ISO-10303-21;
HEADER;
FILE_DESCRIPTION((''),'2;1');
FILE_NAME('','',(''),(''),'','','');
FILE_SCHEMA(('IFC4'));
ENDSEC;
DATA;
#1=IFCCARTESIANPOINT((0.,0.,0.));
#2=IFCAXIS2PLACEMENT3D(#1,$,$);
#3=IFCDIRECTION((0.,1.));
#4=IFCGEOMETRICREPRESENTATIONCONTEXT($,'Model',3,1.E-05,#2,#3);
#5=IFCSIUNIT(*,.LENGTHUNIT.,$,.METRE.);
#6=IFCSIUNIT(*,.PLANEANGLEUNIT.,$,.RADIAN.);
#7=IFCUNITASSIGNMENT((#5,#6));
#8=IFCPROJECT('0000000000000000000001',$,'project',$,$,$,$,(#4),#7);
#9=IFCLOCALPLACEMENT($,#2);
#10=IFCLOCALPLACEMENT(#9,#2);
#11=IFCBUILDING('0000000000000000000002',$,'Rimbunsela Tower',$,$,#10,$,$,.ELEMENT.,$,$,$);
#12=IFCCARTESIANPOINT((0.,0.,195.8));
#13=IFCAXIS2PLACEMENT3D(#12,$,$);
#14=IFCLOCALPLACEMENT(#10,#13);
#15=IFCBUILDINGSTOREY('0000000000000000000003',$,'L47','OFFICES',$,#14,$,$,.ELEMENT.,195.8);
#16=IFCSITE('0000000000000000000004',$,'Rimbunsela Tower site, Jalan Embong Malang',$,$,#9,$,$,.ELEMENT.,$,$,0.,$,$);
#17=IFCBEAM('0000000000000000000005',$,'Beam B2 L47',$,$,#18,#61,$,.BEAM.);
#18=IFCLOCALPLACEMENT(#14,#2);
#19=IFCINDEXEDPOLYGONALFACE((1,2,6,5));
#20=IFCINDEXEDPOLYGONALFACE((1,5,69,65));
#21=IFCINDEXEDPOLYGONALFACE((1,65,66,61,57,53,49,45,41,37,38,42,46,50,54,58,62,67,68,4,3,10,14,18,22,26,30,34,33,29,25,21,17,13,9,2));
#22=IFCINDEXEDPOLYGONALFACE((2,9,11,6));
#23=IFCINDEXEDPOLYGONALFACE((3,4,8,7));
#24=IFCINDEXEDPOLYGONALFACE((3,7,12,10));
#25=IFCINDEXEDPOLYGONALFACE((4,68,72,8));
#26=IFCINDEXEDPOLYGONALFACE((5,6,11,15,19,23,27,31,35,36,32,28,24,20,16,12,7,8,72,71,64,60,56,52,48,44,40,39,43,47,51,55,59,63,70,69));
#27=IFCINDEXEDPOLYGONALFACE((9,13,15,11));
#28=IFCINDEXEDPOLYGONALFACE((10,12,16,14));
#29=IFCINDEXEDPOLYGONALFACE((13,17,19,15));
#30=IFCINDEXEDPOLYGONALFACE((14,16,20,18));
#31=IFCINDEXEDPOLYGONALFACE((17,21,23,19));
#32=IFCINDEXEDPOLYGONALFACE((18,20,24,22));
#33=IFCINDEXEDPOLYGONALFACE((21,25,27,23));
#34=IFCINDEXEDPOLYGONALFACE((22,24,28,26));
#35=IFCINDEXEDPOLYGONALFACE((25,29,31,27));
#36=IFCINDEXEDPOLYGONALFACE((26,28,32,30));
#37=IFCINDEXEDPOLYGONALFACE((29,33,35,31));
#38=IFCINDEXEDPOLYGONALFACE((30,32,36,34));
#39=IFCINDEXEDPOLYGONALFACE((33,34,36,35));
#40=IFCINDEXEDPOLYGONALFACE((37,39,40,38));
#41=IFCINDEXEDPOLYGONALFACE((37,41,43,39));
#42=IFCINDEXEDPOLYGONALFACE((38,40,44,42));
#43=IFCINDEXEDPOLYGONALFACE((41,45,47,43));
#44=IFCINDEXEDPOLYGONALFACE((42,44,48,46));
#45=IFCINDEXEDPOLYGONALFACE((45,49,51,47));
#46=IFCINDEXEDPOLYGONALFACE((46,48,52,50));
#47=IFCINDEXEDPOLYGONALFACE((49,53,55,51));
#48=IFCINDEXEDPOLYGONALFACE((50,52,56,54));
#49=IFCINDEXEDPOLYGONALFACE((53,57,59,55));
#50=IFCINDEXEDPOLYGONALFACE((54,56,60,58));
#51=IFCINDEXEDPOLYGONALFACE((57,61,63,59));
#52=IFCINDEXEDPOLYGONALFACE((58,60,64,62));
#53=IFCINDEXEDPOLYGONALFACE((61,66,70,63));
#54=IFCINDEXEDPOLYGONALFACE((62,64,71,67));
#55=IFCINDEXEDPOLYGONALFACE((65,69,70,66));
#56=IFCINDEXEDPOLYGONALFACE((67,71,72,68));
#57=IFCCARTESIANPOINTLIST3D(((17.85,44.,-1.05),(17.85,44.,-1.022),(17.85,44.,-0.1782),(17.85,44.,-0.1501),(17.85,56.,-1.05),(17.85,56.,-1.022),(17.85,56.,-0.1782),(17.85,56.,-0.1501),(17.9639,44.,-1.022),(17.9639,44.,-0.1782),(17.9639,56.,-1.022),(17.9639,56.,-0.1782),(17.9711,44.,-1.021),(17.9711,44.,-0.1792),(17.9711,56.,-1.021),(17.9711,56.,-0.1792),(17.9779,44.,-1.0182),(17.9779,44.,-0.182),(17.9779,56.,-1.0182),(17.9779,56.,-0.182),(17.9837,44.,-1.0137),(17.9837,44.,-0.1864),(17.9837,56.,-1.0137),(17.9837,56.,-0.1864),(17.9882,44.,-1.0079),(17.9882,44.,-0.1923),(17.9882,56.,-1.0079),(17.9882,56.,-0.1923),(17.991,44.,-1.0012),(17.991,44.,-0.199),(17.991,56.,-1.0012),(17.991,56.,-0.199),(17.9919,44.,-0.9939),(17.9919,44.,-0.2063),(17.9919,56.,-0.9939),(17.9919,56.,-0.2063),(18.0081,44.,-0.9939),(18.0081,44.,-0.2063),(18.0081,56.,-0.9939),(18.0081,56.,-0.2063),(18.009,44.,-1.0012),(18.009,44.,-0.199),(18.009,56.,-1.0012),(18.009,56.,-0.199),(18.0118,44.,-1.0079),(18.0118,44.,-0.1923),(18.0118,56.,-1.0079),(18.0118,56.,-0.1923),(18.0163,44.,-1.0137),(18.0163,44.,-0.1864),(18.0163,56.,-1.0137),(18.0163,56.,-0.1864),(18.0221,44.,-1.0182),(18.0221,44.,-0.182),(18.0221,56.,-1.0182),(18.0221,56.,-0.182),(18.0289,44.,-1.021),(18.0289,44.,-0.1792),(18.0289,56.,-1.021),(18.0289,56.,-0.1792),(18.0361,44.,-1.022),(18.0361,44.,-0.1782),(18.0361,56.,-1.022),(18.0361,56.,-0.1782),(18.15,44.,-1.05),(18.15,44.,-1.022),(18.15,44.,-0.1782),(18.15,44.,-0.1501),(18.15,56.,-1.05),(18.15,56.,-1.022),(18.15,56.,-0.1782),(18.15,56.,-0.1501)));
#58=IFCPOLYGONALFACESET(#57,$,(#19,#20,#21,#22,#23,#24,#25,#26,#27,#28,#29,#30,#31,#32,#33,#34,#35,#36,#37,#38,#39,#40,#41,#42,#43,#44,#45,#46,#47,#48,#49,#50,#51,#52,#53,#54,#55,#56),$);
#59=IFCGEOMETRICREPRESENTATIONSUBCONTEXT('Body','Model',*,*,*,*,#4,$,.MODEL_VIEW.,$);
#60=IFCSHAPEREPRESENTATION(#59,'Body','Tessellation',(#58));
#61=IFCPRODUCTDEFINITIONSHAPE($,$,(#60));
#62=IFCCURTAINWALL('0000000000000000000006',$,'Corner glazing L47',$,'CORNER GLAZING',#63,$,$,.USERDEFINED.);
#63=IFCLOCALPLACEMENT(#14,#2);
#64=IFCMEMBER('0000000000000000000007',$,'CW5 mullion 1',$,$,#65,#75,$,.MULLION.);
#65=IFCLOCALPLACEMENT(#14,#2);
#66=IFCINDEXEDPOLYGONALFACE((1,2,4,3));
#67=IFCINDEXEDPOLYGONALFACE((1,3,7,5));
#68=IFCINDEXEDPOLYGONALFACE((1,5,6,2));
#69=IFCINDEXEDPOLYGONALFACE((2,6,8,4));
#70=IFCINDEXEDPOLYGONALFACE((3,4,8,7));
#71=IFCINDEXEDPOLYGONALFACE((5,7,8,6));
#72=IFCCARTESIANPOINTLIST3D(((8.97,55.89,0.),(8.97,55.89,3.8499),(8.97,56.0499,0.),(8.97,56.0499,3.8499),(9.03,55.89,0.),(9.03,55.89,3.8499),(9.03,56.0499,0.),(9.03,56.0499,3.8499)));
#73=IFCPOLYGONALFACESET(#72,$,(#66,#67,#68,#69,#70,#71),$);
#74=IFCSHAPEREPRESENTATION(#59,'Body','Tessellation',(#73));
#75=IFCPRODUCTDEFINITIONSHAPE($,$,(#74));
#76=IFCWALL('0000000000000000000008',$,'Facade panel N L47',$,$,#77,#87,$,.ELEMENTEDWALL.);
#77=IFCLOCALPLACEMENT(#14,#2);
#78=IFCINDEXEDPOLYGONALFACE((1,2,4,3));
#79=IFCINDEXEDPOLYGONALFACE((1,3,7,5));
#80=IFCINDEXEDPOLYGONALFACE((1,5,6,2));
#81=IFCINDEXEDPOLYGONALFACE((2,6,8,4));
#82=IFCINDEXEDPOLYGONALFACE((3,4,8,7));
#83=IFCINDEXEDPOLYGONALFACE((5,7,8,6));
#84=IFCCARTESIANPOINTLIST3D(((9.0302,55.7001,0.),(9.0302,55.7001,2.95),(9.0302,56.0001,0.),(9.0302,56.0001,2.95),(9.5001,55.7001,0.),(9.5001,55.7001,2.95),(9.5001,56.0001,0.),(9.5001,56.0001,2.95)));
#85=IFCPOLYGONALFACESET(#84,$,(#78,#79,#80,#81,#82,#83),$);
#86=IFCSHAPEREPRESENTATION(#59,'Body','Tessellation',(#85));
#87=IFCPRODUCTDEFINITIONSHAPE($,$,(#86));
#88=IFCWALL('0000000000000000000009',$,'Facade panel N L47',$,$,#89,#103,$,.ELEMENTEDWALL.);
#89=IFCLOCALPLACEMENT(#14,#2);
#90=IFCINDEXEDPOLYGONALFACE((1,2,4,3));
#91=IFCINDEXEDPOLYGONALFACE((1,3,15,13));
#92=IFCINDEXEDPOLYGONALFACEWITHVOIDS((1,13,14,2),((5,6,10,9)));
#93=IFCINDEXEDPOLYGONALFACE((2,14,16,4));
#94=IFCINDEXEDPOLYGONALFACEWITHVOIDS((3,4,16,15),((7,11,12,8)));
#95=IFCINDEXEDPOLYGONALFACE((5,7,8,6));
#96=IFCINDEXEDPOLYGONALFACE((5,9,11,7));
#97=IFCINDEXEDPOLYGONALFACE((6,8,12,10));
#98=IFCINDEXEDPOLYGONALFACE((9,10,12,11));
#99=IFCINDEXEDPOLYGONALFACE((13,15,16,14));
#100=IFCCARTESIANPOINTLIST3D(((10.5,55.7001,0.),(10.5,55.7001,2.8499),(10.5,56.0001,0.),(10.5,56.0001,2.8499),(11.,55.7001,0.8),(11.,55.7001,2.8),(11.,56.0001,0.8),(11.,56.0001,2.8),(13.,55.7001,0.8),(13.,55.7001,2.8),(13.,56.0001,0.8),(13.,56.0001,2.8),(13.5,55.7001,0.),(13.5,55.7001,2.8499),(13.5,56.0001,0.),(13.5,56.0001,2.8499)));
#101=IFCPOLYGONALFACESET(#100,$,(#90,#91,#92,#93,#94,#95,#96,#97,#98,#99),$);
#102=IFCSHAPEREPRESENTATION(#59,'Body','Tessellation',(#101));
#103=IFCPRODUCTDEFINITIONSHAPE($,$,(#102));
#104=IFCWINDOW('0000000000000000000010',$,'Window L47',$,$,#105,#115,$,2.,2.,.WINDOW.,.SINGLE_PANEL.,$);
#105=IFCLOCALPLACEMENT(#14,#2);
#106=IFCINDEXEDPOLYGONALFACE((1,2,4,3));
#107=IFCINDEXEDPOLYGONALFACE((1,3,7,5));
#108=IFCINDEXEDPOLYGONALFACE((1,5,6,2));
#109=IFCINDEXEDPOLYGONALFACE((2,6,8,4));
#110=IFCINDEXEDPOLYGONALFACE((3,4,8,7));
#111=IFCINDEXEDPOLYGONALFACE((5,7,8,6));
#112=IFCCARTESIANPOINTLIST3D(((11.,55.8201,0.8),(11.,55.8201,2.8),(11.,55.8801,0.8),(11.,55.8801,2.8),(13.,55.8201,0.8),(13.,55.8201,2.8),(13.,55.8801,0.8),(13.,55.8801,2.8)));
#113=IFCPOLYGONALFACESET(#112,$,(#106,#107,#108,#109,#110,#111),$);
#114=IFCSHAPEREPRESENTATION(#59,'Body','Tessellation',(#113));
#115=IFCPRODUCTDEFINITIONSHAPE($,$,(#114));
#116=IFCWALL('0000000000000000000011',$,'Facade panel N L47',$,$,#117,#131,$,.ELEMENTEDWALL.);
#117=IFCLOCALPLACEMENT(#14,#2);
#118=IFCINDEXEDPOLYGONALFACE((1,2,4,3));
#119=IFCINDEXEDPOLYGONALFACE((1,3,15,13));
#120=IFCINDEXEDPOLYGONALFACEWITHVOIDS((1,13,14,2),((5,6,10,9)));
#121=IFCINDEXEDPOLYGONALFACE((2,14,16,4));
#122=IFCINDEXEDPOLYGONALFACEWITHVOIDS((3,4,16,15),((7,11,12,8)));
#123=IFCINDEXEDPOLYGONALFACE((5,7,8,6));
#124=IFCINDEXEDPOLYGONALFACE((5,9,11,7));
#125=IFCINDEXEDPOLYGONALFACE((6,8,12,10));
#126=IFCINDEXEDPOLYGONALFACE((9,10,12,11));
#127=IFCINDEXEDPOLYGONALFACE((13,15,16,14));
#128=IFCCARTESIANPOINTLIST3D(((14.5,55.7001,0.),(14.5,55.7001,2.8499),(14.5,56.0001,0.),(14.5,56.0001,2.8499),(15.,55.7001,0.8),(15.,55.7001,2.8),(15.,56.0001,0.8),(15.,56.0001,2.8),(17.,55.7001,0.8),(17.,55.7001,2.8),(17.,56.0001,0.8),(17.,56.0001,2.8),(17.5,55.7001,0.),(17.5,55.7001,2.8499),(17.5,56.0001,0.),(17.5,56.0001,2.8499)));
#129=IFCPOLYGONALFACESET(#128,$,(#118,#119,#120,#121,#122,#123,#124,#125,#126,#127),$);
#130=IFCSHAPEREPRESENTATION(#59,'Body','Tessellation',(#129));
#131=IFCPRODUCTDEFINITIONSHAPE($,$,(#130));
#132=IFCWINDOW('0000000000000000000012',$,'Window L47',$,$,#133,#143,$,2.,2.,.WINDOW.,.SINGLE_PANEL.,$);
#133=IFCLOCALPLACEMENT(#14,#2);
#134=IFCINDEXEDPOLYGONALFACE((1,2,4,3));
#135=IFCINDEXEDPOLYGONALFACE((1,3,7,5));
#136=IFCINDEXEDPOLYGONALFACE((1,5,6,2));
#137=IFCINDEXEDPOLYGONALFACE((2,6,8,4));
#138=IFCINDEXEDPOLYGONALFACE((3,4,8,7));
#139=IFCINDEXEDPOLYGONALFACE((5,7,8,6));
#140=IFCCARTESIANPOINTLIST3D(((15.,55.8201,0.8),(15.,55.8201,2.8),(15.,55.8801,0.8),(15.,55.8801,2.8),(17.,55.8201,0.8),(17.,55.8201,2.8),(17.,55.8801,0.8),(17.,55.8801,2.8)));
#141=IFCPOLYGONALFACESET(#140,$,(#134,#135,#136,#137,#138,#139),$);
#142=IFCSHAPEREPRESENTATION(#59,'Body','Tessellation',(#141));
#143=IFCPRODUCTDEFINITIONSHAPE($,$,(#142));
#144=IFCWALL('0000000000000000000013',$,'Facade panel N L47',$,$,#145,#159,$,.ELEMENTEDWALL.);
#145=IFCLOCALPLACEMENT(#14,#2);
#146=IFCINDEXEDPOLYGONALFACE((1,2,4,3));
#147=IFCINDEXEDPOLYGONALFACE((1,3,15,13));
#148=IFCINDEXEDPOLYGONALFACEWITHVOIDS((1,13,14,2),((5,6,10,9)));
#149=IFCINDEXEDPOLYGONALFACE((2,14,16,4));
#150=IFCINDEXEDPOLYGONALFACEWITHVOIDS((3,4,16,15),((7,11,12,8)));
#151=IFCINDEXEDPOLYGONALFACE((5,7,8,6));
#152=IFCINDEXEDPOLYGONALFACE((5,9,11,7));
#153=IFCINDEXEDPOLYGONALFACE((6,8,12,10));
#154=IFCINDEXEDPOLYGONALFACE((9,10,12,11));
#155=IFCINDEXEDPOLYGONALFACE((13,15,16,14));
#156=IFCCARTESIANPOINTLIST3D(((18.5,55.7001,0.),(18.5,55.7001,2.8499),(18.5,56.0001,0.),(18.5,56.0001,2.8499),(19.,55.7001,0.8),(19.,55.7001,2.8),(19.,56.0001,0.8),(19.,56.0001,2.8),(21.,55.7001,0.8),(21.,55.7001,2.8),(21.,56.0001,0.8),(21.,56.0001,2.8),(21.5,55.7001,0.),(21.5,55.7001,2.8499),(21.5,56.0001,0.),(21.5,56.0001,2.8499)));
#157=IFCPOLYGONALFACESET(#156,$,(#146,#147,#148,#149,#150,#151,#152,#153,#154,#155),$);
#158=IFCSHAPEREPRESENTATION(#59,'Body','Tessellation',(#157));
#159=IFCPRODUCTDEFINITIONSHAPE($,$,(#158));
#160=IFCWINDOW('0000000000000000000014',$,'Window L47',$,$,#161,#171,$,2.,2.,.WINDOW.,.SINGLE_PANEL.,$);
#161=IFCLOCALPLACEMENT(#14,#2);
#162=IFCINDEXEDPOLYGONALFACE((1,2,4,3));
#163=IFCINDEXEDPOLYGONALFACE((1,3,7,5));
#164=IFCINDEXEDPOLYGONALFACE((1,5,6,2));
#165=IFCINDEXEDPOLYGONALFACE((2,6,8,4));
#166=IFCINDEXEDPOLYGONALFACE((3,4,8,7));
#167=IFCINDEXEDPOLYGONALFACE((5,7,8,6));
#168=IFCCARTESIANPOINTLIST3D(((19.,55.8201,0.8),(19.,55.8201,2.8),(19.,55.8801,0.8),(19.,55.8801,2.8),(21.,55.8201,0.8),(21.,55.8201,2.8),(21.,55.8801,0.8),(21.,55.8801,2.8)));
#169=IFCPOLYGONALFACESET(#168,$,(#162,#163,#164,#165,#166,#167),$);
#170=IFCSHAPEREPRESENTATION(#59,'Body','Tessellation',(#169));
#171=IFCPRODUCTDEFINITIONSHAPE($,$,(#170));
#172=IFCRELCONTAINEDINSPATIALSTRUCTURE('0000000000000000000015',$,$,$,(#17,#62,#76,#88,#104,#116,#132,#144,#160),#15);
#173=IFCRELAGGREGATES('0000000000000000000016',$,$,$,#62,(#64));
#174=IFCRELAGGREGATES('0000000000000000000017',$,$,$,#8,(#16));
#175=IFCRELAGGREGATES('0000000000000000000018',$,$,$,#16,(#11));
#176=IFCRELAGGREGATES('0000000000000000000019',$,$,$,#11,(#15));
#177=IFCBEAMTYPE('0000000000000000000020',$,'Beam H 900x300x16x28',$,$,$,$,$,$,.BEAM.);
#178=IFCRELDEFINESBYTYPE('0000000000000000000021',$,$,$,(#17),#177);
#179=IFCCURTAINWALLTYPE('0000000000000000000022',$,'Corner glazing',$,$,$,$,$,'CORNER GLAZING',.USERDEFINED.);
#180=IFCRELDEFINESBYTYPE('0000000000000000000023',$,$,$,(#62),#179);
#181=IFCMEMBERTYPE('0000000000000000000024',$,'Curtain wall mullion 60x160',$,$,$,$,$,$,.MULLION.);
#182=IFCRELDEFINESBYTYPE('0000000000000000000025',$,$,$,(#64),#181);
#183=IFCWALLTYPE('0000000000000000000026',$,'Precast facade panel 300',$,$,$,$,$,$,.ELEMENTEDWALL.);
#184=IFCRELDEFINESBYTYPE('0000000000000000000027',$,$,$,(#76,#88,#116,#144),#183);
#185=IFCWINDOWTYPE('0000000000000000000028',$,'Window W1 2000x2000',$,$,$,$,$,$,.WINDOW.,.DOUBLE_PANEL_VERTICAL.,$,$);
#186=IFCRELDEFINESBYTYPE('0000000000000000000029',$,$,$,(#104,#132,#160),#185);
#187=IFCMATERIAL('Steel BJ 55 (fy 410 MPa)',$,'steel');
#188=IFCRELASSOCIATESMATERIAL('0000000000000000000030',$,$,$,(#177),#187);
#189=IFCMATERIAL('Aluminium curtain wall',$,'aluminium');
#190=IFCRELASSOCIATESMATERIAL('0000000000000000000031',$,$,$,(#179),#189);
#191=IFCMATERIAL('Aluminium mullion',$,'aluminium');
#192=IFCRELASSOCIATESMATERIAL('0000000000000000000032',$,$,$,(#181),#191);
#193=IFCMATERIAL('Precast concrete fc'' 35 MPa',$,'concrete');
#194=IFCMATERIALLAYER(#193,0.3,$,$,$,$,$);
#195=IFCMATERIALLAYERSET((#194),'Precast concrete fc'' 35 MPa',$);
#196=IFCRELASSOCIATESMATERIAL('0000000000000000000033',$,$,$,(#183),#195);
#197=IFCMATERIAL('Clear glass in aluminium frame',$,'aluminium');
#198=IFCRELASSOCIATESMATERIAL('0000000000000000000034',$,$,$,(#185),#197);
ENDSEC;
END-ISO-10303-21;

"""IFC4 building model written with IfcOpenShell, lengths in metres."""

from ifc_helpers import new_model, si_unit, direction, frame, frame_2d, origin, origin_2d, place, context, subcontext, project, spatial, rectangle, i_section, extrude, material, layer, layer_set, material_profile, profile_set, type_object, element, fill, aggregate, save


model = new_model("IFC4")

# Units and contexts
model_context = context("Model", 3, precision=1e-05, world=origin(), true_north=direction((0.0, 1.0)))
body_context = subcontext(model_context, "Body", "Model", "MODEL_VIEW")
ifc_project = project(units=[si_unit("LENGTHUNIT", "METRE"), si_unit("PLANEANGLEUNIT", "RADIAN")], contexts=[model_context])

# Site, building, storey
site_placement = place(None, origin())
site = spatial("IfcSite", under=ifc_project, at=site_placement, Name="Rimbunsela Tower site, Jalan Embong Malang", CompositionType="ELEMENT", RefElevation=0.0)
building_placement = place(site_placement, origin())
building = spatial("IfcBuilding", under=site, at=building_placement, Name="Rimbunsela Tower", CompositionType="ELEMENT")
storey_placement = place(building_placement, frame((0.0, 0.0, 195.8)))
storey = spatial("IfcBuildingStorey", under=building, at=storey_placement, Name="L47", Description="OFFICES", CompositionType="ELEMENT", Elevation=195.8)

# Beam
ifc_material_1 = material(Name="Steel BJ 55 (fy 410 MPa)", Category="steel")
ifc_material_profile_1 = material_profile(ifc_material_1, i_section(OverallWidth=0.3, OverallDepth=0.8999, WebThickness=0.0161, FlangeThickness=0.0281, FilletRadius=0.0281, at=origin_2d()), Name="H 900x300x16x28")
ifc_profile_set_1 = profile_set([ifc_material_profile_1], Name="Steel BJ 55 (fy 410 MPa)")
beam_type_1 = type_object("IfcBeamType", Name="Beam H 900x300x16x28", PredefinedType="BEAM", material=ifc_profile_set_1)
beam_1_placement = place(storey_placement, frame((18.0, 44.0, -0.6001), z_axis=(0.0, 1.0, 0.0), x_axis=(-1.0, 0.0, 0.0)))
element("IfcBeam", 1, at=beam_1_placement, inside=storey, type_object=beam_type_1, Name="Beam B2 L47", PredefinedType="BEAM", context=body_context, shape_type="SweptSolid", body=[
    extrude(i_section(OverallWidth=0.3, OverallDepth=0.8999, WebThickness=0.0161, FlangeThickness=0.0281, FilletRadius=0.0281, at=origin_2d()), origin(), (0.0, 0.0, 1.0), 12.0),
])

# Curtain wall, member
ifc_material_2 = material(Name="Aluminium curtain wall", Category="aluminium")
curtain_wall_type = type_object("IfcCurtainWallType", Name="Corner glazing", ElementType="CORNER GLAZING", PredefinedType="USERDEFINED", material=ifc_material_2)
curtain_wall_placement = place(storey_placement, origin())
curtain_wall = element("IfcCurtainWall", 2, at=curtain_wall_placement, inside=storey, type_object=curtain_wall_type, Name="Corner glazing L47", ObjectType="CORNER GLAZING", PredefinedType="USERDEFINED")
ifc_material_3 = material(Name="Aluminium mullion", Category="aluminium")
ifc_material_profile_2 = material_profile(ifc_material_3, rectangle(XDim=0.0601, YDim=0.1599, at=origin_2d()), Name="Mullion 60x160")
ifc_profile_set_2 = profile_set([ifc_material_profile_2], Name="Aluminium mullion")
member_type = type_object("IfcMemberType", Name="Curtain wall mullion 60x160", PredefinedType="MULLION", material=ifc_profile_set_2)
member_placement = place(storey_placement, frame((9.0, 55.97, 0.0), z_axis=(0.0, 0.0, 1.0), x_axis=(1.0, 0.0, 0.0)))
member = element("IfcMember", 3, at=member_placement, type_object=member_type, Name="CW5 mullion 1", PredefinedType="MULLION", context=body_context, shape_type="SweptSolid", body=[
    extrude(rectangle(XDim=0.0601, YDim=0.1599, at=origin_2d()), origin(), (0.0, 0.0, 1.0), 3.8499),
])
aggregate(curtain_wall, [member])

# Wall
ifc_material_4 = material(Name="Precast concrete fc' 35 MPa", Category="concrete")
ifc_layer_1 = layer(ifc_material_4, 0.3)
ifc_layer_set_1 = layer_set([ifc_layer_1], Name="Precast concrete fc' 35 MPa")
wall_type_1 = type_object("IfcWallType", Name="Precast facade panel 300", PredefinedType="ELEMENTEDWALL", material=ifc_layer_set_1)
wall_1_placement = place(storey_placement, frame((9.5, 55.8501, 0.0), z_axis=(0.0, 0.0, 1.0), x_axis=(-1.0, 0.0, 0.0)))
element("IfcWall", 4, at=wall_1_placement, inside=storey, type_object=wall_type_1, Name="Facade panel N L47", PredefinedType="ELEMENTEDWALL", context=body_context, shape_type="SweptSolid", body=[
    extrude(rectangle(XDim=0.47, YDim=0.3, at=frame_2d((0.2349, 0.0))), origin(), (0.0, 0.0, 1.0), 2.95),
])

# Walls, openings, windows
wall_2_placement = place(storey_placement, frame((13.5, 55.8501, 0.0), z_axis=(0.0, 0.0, 1.0), x_axis=(-1.0, 0.0, 0.0)))
wall_2 = element("IfcWall", 5, at=wall_2_placement, inside=storey, type_object=wall_type_1, Name="Facade panel N L47", PredefinedType="ELEMENTEDWALL", context=body_context, shape_type="SweptSolid", body=[
    extrude(rectangle(XDim=3.0, YDim=0.3, at=frame_2d((1.5, 0.0))), origin(), (0.0, 0.0, 1.0), 2.8499),
])
opening_1_placement = place(wall_2_placement, frame((0.5, 0.0, 0.8)))
opening_1 = element("IfcOpeningElement", 6, at=opening_1_placement, cuts=wall_2, PredefinedType="OPENING", context=body_context, shape_type="SweptSolid", body=[
    extrude(rectangle(XDim=2.0, YDim=2.0, at=frame_2d((1.0, 1.0))), frame((0.0, 0.1599, 0.0), z_axis=(0.0, -1.0, 0.0), x_axis=(1.0, 0.0, 0.0)), (0.0, 0.0, 1.0), 0.3201),
])
ifc_material_5 = material(Name="Clear glass in aluminium frame", Category="aluminium")
window_type = type_object("IfcWindowType", Name="Window W1 2000x2000", PartitioningType="DOUBLE_PANEL_VERTICAL", PredefinedType="WINDOW", material=ifc_material_5)
window_1_placement = place(opening_1_placement, origin())
window_1 = element("IfcWindow", 7, at=window_1_placement, inside=storey, type_object=window_type, Name="Window L47", OverallHeight=2.0, OverallWidth=2.0, PartitioningType="SINGLE_PANEL", PredefinedType="WINDOW", context=body_context, shape_type="SweptSolid", body=[
    extrude(rectangle(XDim=2.0, YDim=2.0, at=frame_2d((1.0, 1.0))), frame((0.0, 0.03, 0.0), z_axis=(0.0, -1.0, 0.0), x_axis=(1.0, 0.0, 0.0)), (0.0, 0.0, 1.0), 0.0601),
])
fill(opening_1, window_1)
wall_3_placement = place(storey_placement, frame((17.5, 55.8501, 0.0), z_axis=(0.0, 0.0, 1.0), x_axis=(-1.0, 0.0, 0.0)))
wall_3 = element("IfcWall", 8, at=wall_3_placement, inside=storey, type_object=wall_type_1, Name="Facade panel N L47", PredefinedType="ELEMENTEDWALL", context=body_context, shape_type="SweptSolid", body=[
    extrude(rectangle(XDim=3.0, YDim=0.3, at=frame_2d((1.5, 0.0))), origin(), (0.0, 0.0, 1.0), 2.8499),
])
opening_2_placement = place(wall_3_placement, frame((0.5, 0.0, 0.8)))
opening_2 = element("IfcOpeningElement", 9, at=opening_2_placement, cuts=wall_3, PredefinedType="OPENING", context=body_context, shape_type="SweptSolid", body=[
    extrude(rectangle(XDim=2.0, YDim=2.0, at=frame_2d((1.0, 1.0))), frame((0.0, 0.1599, 0.0), z_axis=(0.0, -1.0, 0.0), x_axis=(1.0, 0.0, 0.0)), (0.0, 0.0, 1.0), 0.3201),
])
window_2_placement = place(opening_2_placement, origin())
window_2 = element("IfcWindow", 10, at=window_2_placement, inside=storey, type_object=window_type, Name="Window L47", OverallHeight=2.0, OverallWidth=2.0, PartitioningType="SINGLE_PANEL", PredefinedType="WINDOW", context=body_context, shape_type="SweptSolid", body=[
    extrude(rectangle(XDim=2.0, YDim=2.0, at=frame_2d((1.0, 1.0))), frame((0.0, 0.03, 0.0), z_axis=(0.0, -1.0, 0.0), x_axis=(1.0, 0.0, 0.0)), (0.0, 0.0, 1.0), 0.0601),
])
fill(opening_2, window_2)
wall_4_placement = place(storey_placement, frame((21.5, 55.8501, 0.0), z_axis=(0.0, 0.0, 1.0), x_axis=(-1.0, 0.0, 0.0)))
wall_4 = element("IfcWall", 11, at=wall_4_placement, inside=storey, type_object=wall_type_1, Name="Facade panel N L47", PredefinedType="ELEMENTEDWALL", context=body_context, shape_type="SweptSolid", body=[
    extrude(rectangle(XDim=3.0, YDim=0.3, at=frame_2d((1.5, 0.0))), origin(), (0.0, 0.0, 1.0), 2.8499),
])
opening_3_placement = place(wall_4_placement, frame((0.5, 0.0, 0.8)))
opening_3 = element("IfcOpeningElement", 12, at=opening_3_placement, cuts=wall_4, PredefinedType="OPENING", context=body_context, shape_type="SweptSolid", body=[
    extrude(rectangle(XDim=2.0, YDim=2.0, at=frame_2d((1.0, 1.0))), frame((0.0, 0.1599, 0.0), z_axis=(0.0, -1.0, 0.0), x_axis=(1.0, 0.0, 0.0)), (0.0, 0.0, 1.0), 0.3201),
])
window_3_placement = place(opening_3_placement, origin())
window_3 = element("IfcWindow", 13, at=window_3_placement, inside=storey, type_object=window_type, Name="Window L47", OverallHeight=2.0, OverallWidth=2.0, PartitioningType="SINGLE_PANEL", PredefinedType="WINDOW", context=body_context, shape_type="SweptSolid", body=[
    extrude(rectangle(XDim=2.0, YDim=2.0, at=frame_2d((1.0, 1.0))), frame((0.0, 0.03, 0.0), z_axis=(0.0, -1.0, 0.0), x_axis=(1.0, 0.0, 0.0)), (0.0, 0.0, 1.0), 0.0601),
])
fill(opening_3, window_3)

save(model, "model.ifc")
